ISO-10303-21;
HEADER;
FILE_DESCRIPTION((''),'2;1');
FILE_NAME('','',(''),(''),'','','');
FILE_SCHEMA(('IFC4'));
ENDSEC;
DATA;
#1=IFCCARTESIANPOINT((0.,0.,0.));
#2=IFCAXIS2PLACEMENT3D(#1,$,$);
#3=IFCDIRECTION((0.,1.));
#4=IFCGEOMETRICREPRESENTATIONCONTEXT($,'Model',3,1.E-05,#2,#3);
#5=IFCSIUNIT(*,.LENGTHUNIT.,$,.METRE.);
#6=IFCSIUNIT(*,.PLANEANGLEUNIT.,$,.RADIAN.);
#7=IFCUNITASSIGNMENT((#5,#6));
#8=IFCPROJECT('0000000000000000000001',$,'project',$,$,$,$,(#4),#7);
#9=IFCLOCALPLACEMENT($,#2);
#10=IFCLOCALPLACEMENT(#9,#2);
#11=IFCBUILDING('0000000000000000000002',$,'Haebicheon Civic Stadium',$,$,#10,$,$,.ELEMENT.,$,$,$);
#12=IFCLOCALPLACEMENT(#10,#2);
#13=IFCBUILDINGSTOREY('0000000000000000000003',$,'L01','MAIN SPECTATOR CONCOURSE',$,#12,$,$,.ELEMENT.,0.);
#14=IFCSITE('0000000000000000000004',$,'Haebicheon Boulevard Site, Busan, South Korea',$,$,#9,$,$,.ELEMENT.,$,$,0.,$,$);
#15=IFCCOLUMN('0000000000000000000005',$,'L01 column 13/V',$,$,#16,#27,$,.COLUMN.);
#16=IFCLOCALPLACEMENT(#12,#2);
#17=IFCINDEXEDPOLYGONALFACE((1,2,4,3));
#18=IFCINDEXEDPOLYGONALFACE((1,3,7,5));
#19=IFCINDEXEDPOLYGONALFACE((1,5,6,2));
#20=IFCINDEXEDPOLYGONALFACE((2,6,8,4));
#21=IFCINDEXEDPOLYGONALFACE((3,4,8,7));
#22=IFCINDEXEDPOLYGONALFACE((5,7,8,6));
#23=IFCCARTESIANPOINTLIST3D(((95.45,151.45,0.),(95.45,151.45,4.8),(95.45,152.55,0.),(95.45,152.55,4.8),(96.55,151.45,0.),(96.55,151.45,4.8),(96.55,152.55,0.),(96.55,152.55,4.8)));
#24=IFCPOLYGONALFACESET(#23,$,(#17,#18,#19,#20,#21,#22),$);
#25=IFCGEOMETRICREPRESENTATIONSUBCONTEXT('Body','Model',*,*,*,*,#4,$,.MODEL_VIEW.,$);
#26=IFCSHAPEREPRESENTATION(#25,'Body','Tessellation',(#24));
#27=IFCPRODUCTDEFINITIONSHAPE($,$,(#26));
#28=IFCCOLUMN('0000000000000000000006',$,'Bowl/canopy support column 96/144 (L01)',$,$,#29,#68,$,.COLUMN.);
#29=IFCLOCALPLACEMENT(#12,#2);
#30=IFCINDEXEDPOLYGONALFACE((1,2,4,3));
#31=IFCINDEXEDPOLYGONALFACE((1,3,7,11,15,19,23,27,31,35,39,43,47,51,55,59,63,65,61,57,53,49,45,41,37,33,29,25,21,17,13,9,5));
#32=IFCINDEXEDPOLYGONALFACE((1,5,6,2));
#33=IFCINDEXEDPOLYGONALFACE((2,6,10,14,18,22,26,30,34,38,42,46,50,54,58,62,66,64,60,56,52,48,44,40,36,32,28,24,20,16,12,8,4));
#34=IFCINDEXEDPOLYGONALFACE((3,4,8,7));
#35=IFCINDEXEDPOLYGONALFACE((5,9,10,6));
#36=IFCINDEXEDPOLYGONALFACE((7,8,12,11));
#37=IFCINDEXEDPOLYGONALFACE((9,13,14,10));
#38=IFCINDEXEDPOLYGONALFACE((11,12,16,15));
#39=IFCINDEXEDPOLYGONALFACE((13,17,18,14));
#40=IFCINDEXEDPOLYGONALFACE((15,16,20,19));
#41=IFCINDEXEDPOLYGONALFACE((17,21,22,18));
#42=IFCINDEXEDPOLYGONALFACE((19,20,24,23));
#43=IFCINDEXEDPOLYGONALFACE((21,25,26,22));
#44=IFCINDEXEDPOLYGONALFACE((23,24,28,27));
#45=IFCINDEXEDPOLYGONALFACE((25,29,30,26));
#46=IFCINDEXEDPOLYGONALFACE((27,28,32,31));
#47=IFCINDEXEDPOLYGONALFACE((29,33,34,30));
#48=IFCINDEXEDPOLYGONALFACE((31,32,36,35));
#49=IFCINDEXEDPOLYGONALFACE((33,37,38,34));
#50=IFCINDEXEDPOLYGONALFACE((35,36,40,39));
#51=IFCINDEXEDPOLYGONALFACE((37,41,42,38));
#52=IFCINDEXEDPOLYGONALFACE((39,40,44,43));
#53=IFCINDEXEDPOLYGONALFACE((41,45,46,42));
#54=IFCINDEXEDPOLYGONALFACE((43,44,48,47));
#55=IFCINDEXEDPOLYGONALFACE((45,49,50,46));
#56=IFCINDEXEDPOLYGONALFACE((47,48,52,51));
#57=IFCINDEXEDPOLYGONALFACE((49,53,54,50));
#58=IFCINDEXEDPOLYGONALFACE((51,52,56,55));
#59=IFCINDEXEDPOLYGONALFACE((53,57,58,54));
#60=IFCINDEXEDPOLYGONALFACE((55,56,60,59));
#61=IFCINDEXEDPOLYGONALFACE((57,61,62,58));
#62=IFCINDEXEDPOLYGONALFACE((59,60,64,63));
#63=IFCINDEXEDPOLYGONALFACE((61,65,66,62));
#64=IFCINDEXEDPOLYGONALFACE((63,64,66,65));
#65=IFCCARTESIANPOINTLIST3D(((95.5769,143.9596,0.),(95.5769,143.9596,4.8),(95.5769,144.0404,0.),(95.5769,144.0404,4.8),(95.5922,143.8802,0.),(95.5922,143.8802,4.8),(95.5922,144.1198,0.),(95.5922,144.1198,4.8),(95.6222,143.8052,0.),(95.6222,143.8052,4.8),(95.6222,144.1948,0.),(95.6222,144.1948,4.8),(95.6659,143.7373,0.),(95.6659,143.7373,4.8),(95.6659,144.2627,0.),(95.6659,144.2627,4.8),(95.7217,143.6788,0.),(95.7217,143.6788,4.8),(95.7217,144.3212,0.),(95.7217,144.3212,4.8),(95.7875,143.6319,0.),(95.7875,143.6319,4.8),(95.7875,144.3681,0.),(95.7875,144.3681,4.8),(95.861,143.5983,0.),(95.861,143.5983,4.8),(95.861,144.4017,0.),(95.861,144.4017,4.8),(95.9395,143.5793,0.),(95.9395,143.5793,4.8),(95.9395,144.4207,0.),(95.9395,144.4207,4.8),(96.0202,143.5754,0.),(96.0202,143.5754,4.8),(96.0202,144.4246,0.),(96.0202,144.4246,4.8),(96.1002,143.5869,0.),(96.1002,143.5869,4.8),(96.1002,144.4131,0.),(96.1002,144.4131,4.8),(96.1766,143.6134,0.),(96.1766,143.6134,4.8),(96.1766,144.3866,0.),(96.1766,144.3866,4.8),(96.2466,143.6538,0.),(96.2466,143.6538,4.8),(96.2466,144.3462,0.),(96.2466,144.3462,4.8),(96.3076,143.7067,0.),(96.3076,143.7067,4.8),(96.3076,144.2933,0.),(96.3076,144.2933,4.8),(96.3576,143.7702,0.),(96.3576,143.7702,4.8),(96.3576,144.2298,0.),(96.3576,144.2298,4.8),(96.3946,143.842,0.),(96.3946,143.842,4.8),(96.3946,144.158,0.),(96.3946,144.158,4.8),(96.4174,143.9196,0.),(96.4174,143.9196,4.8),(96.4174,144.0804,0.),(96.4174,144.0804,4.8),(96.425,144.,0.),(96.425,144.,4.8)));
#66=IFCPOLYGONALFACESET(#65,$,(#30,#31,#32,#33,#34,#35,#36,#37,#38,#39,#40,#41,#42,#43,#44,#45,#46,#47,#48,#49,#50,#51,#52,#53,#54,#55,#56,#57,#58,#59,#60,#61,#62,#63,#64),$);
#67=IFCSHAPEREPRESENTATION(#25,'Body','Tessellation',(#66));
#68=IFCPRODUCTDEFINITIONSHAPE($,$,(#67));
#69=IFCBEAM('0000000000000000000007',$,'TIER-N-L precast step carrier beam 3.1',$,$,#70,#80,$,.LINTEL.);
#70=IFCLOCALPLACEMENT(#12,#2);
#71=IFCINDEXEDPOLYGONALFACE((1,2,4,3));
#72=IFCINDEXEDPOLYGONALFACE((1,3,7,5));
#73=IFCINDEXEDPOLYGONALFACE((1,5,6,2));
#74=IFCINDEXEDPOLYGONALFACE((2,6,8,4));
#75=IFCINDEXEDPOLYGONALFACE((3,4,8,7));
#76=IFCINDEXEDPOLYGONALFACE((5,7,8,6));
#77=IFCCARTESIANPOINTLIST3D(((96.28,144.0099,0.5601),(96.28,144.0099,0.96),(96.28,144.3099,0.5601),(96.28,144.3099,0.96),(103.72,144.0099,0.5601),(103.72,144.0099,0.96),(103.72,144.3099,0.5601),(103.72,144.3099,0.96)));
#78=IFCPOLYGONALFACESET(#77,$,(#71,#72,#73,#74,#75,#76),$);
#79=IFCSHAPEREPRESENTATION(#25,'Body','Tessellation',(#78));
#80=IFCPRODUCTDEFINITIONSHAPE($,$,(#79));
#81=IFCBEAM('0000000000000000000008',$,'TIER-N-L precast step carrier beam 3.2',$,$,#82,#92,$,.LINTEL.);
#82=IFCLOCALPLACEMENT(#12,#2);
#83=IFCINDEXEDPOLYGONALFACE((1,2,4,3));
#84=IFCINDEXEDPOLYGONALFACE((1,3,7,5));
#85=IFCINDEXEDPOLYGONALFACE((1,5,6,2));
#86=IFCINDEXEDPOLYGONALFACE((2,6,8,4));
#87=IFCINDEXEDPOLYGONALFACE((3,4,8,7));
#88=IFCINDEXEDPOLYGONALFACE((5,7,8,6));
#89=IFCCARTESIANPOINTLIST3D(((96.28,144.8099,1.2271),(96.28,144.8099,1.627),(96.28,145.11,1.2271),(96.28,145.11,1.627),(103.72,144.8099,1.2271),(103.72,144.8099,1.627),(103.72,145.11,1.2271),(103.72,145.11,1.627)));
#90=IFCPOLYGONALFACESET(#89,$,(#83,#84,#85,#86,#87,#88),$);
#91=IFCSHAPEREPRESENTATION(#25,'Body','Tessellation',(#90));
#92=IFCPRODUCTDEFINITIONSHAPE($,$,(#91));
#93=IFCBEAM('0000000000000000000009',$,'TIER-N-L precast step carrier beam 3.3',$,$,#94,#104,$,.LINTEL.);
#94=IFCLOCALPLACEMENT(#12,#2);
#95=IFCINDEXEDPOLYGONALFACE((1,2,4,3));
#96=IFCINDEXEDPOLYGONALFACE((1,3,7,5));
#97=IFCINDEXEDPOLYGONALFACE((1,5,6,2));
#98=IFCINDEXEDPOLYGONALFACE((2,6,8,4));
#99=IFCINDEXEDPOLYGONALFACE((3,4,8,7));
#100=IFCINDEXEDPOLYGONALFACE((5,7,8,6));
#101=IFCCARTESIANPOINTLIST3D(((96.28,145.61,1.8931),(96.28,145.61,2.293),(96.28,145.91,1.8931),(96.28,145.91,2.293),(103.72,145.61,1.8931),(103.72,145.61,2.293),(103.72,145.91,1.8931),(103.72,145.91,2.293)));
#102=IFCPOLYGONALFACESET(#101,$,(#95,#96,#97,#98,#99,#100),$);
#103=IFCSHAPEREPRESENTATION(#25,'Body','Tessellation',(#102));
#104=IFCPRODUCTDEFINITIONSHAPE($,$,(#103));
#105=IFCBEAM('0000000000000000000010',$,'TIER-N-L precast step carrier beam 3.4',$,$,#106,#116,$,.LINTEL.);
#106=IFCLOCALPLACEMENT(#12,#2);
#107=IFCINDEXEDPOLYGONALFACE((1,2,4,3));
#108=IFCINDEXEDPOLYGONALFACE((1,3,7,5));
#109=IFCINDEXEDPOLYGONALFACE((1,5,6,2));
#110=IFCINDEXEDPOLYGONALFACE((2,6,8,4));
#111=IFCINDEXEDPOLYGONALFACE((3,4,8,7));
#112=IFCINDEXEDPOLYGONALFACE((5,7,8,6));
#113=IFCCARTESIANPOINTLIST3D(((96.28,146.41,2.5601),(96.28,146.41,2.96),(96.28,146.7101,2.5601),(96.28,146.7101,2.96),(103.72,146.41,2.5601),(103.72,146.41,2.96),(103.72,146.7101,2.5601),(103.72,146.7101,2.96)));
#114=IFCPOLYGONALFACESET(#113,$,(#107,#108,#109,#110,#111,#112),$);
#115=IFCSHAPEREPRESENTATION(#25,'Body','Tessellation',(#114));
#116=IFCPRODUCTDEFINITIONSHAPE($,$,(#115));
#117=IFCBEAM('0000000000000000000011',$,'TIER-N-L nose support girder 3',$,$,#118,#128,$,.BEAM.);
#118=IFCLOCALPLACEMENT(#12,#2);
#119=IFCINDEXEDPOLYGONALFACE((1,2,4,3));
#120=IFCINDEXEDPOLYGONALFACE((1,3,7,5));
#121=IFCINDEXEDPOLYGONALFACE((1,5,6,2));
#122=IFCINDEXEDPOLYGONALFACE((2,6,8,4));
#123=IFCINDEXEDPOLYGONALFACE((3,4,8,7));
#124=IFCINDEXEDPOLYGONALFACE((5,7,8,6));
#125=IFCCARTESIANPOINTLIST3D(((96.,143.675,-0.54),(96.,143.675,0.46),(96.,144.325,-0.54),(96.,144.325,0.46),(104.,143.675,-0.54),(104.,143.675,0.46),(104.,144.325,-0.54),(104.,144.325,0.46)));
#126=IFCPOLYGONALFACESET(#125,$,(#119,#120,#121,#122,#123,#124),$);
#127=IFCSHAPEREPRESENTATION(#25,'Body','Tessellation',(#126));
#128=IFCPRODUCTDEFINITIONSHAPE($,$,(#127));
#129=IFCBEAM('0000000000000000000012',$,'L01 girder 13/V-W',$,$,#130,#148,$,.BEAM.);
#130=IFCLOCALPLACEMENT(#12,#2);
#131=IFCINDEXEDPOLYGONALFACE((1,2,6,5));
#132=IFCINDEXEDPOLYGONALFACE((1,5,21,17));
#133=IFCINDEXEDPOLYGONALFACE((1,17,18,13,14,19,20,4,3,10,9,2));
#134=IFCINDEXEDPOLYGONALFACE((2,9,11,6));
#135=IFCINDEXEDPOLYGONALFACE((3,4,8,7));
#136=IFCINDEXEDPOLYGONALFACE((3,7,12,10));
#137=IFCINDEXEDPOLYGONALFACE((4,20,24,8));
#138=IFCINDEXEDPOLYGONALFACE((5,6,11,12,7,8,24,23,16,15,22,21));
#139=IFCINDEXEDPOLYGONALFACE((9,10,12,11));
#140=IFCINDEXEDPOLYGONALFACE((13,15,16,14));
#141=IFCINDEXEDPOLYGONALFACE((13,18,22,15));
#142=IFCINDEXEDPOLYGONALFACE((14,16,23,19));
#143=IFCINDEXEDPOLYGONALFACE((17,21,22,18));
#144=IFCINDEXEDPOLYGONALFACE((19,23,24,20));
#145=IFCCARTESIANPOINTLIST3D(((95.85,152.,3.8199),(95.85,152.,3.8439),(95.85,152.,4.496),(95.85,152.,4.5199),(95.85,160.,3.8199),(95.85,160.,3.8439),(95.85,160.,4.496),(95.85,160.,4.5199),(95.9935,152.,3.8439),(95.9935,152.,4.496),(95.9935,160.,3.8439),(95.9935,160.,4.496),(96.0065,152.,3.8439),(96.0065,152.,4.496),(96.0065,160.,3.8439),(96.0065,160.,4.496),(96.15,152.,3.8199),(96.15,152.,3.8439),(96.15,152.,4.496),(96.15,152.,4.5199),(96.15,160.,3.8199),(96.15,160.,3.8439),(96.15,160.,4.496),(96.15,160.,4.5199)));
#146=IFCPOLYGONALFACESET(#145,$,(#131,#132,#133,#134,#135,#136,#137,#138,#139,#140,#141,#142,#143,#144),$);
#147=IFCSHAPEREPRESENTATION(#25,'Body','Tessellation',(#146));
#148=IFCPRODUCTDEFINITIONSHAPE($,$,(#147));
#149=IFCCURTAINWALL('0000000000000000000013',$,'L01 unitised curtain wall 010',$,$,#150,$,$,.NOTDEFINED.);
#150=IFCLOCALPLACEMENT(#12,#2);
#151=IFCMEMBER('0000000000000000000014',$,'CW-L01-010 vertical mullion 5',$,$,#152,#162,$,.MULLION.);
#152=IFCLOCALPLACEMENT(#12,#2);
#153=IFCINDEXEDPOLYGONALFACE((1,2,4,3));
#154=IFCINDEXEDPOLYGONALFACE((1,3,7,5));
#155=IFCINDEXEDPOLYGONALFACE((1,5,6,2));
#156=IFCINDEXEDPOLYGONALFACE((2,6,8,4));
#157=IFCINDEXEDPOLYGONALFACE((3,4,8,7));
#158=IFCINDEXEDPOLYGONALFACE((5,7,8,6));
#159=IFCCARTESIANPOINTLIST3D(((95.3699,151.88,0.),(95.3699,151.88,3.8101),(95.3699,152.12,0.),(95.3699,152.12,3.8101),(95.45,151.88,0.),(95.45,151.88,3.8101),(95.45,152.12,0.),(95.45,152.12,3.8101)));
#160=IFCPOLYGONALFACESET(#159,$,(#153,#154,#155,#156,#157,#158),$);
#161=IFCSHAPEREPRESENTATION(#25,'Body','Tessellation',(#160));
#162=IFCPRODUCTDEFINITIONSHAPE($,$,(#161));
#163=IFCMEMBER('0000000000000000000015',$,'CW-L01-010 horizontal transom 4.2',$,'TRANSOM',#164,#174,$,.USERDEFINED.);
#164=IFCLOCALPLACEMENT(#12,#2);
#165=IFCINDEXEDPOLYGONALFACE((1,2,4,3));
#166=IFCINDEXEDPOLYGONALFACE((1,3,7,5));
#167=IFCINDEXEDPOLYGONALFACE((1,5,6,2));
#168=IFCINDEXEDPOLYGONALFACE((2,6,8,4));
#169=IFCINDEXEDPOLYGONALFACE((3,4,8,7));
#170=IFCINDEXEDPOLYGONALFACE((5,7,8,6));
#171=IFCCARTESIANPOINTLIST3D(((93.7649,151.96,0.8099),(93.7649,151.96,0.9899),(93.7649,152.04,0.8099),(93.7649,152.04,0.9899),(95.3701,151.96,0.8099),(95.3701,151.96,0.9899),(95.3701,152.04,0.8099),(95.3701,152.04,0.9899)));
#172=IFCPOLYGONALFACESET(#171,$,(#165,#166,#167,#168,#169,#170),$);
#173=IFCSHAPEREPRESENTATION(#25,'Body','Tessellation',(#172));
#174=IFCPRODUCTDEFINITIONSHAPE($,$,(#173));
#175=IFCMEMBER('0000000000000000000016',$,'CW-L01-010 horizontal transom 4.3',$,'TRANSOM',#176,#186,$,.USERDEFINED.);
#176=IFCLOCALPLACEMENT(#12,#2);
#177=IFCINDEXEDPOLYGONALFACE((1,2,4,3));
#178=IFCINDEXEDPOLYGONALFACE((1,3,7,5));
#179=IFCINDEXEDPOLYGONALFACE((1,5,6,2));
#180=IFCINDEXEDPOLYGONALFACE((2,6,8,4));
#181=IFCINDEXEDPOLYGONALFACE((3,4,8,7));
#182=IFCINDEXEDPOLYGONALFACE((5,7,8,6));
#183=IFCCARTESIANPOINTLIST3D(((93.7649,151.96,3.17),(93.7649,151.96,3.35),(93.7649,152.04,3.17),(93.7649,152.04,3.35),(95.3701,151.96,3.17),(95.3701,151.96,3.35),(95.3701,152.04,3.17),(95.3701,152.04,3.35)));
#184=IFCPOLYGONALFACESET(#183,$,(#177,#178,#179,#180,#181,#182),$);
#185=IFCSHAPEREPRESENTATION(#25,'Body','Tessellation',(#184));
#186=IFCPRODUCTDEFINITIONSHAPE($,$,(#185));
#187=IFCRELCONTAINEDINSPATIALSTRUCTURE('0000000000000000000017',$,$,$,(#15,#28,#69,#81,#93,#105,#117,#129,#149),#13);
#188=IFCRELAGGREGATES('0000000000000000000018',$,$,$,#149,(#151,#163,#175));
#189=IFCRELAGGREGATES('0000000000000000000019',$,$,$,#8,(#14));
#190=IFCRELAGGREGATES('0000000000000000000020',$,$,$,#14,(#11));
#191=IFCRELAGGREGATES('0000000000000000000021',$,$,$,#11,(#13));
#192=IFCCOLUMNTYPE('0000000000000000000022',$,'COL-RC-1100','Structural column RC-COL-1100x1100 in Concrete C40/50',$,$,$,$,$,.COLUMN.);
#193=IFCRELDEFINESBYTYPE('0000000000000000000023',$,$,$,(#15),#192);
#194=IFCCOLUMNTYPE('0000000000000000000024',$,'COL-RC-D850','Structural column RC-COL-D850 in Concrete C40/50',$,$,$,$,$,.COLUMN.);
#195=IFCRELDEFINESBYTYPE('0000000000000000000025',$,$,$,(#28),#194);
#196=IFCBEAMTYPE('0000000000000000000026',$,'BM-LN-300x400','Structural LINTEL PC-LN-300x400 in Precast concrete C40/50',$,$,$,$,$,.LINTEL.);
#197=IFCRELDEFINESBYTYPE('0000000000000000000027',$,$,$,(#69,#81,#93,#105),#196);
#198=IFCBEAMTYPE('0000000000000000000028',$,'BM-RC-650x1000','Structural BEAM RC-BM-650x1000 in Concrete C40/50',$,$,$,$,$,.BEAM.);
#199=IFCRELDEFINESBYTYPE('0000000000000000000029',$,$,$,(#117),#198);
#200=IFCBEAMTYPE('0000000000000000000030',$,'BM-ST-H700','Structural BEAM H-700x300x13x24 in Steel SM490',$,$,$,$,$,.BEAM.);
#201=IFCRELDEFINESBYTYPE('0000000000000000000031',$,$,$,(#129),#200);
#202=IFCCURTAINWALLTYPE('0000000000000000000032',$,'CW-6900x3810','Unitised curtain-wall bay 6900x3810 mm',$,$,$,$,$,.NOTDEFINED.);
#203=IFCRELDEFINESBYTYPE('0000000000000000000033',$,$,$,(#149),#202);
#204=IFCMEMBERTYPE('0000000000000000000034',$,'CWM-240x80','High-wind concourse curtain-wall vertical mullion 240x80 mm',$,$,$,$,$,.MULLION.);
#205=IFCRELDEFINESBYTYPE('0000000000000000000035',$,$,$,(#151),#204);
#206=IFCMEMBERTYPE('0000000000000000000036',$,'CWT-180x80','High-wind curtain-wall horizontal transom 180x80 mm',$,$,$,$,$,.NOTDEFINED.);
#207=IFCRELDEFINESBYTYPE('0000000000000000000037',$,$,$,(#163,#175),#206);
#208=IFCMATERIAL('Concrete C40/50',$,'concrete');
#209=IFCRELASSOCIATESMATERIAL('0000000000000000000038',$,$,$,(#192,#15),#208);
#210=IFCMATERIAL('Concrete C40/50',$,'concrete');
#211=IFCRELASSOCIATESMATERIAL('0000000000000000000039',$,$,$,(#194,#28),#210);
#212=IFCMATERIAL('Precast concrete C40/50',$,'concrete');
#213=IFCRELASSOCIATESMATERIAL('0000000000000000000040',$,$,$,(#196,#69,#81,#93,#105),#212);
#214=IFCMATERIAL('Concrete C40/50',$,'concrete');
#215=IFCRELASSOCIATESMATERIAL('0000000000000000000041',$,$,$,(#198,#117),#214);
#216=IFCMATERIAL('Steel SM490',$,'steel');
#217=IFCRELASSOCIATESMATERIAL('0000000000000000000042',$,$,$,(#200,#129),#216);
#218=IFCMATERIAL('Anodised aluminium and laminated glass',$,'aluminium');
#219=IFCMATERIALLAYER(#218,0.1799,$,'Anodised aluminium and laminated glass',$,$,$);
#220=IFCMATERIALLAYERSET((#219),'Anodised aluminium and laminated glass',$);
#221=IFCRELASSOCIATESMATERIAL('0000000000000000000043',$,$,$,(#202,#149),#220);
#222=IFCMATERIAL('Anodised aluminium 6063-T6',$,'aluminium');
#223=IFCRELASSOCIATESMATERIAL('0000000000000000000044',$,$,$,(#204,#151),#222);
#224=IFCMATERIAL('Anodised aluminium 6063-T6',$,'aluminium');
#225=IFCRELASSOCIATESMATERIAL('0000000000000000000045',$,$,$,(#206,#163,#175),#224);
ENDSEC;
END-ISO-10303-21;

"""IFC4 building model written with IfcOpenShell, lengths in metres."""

from ifc_helpers import new_model, si_unit, direction, frame, origin, origin_2d, place, context, subcontext, project, spatial, rectangle, circle, i_section, extrude, material, layer, layer_set, material_profile, profile_set, type_object, element, aggregate, save


model = new_model("IFC4")

# Units and contexts
model_context = context("Model", 3, precision=1e-05, world=origin(), true_north=direction((0.0, 1.0)))
body_context = subcontext(model_context, "Body", "Model", "MODEL_VIEW")
ifc_project = project(units=[si_unit("LENGTHUNIT", "METRE"), si_unit("PLANEANGLEUNIT", "RADIAN")], contexts=[model_context])

# Site, building, storey
site_placement = place(None, origin())
site = spatial("IfcSite", under=ifc_project, at=site_placement, Name="Haebicheon Boulevard Site, Busan, South Korea", CompositionType="ELEMENT", RefElevation=0.0)
building_placement = place(site_placement, origin())
building = spatial("IfcBuilding", under=site, at=building_placement, Name="Haebicheon Civic Stadium", CompositionType="ELEMENT")
storey_placement = place(building_placement, origin())
storey = spatial("IfcBuildingStorey", under=building, at=storey_placement, Name="L01", Description="MAIN SPECTATOR CONCOURSE", CompositionType="ELEMENT", Elevation=0.0)

# Columns
ifc_material_1 = material(Name="Concrete C40/50", Category="concrete")
ifc_material_profile_1 = material_profile(ifc_material_1, rectangle(XDim=1.1001, YDim=1.1001, at=origin_2d()), Name="RC-COL-1100x1100")
ifc_profile_set_1 = profile_set([ifc_material_profile_1], Name="Concrete C40/50")
column_type_1 = type_object("IfcColumnType", Name="COL-RC-1100", Description="Structural column RC-COL-1100x1100 in Concrete C40/50", PredefinedType="COLUMN", material=ifc_profile_set_1)
column_1_placement = place(storey_placement, frame((96.0, 152.0, 0.0), z_axis=(0.0, 0.0, 1.0), x_axis=(1.0, 0.0, 0.0)))
element("IfcColumn", 1, at=column_1_placement, inside=storey, type_object=column_type_1, material=ifc_profile_set_1, Name="L01 column 13/V", PredefinedType="COLUMN", context=body_context, shape_type="SweptSolid", body=[
    extrude(rectangle(XDim=1.1001, YDim=1.1001, at=origin_2d()), origin(), (0.0, 0.0, 1.0), 4.8),
])
ifc_material_2 = material(Name="Concrete C40/50", Category="concrete")
ifc_material_profile_2 = material_profile(ifc_material_2, circle(Radius=0.425, at=origin_2d()), Name="RC-COL-D850")
ifc_profile_set_2 = profile_set([ifc_material_profile_2], Name="Concrete C40/50")
column_type_2 = type_object("IfcColumnType", Name="COL-RC-D850", Description="Structural column RC-COL-D850 in Concrete C40/50", PredefinedType="COLUMN", material=ifc_profile_set_2)
column_2_placement = place(storey_placement, frame((96.0, 144.0, 0.0), z_axis=(0.0, 0.0, 1.0), x_axis=(1.0, 0.0, 0.0)))
element("IfcColumn", 2, at=column_2_placement, inside=storey, type_object=column_type_2, material=ifc_profile_set_2, Name="Bowl/canopy support column 96/144 (L01)", PredefinedType="COLUMN", context=body_context, shape_type="SweptSolid", body=[
    extrude(circle(Radius=0.425, at=origin_2d()), origin(), (0.0, 0.0, 1.0), 4.8),
])

# Beams
ifc_material_3 = material(Name="Precast concrete C40/50", Category="concrete")
ifc_material_profile_3 = material_profile(ifc_material_3, rectangle(XDim=0.3, YDim=0.3999, at=origin_2d()), Name="PC-LN-300x400")
ifc_profile_set_3 = profile_set([ifc_material_profile_3], Name="Precast concrete C40/50")
beam_type_1 = type_object("IfcBeamType", Name="BM-LN-300x400", Description="Structural LINTEL PC-LN-300x400 in Precast concrete C40/50", PredefinedType="LINTEL", material=ifc_profile_set_3)
for number, where, z_axis, x_axis, name in (
    (3, (96.28, 144.1599, 0.76), (1.0, 0.0, 0.0), (0.0, 1.0, 0.0), "TIER-N-L precast step carrier beam 3.1"),
    (4, (96.28, 144.96, 1.427), (1.0, 0.0, 0.0), (0.0, 1.0, 0.0), "TIER-N-L precast step carrier beam 3.2"),
    (5, (96.28, 145.76, 2.093), (1.0, 0.0, 0.0), (0.0, 1.0, 0.0), "TIER-N-L precast step carrier beam 3.3"),
    (6, (96.28, 146.5601, 2.76), (1.0, 0.0, 0.0), (0.0, 1.0, 0.0), "TIER-N-L precast step carrier beam 3.4"),
):
    element("IfcBeam", number, at=place(storey_placement, frame(where, z_axis=z_axis, x_axis=x_axis)), inside=storey, type_object=beam_type_1, material=ifc_profile_set_3, Name=name, PredefinedType="LINTEL", context=body_context, shape_type="SweptSolid", body=[
        extrude(rectangle(XDim=0.3, YDim=0.3999, at=origin_2d()), origin(), (0.0, 0.0, 1.0), 7.4399),
    ])
ifc_material_4 = material(Name="Concrete C40/50", Category="concrete")
ifc_material_profile_4 = material_profile(ifc_material_4, rectangle(XDim=0.6499, YDim=1.0, at=origin_2d()), Name="RC-BM-650x1000")
ifc_profile_set_4 = profile_set([ifc_material_profile_4], Name="Concrete C40/50")
beam_type_2 = type_object("IfcBeamType", Name="BM-RC-650x1000", Description="Structural BEAM RC-BM-650x1000 in Concrete C40/50", PredefinedType="BEAM", material=ifc_profile_set_4)
beam_1_placement = place(storey_placement, frame((96.0, 144.0, -0.04), z_axis=(1.0, 0.0, 0.0), x_axis=(0.0, 1.0, 0.0)))
element("IfcBeam", 7, at=beam_1_placement, inside=storey, type_object=beam_type_2, material=ifc_profile_set_4, Name="TIER-N-L nose support girder 3", PredefinedType="BEAM", context=body_context, shape_type="SweptSolid", body=[
    extrude(rectangle(XDim=0.6499, YDim=1.0, at=origin_2d()), origin(), (0.0, 0.0, 1.0), 8.0),
])
ifc_material_5 = material(Name="Steel SM490", Category="steel")
ifc_material_profile_5 = material_profile(ifc_material_5, i_section(OverallWidth=0.3, OverallDepth=0.7, WebThickness=0.0129, FlangeThickness=0.0239, at=origin_2d()), Name="H-700x300x13x24")
ifc_profile_set_5 = profile_set([ifc_material_profile_5], Name="Steel SM490")
beam_type_3 = type_object("IfcBeamType", Name="BM-ST-H700", Description="Structural BEAM H-700x300x13x24 in Steel SM490", PredefinedType="BEAM", material=ifc_profile_set_5)
beam_2_placement = place(storey_placement, frame((96.0, 152.0, 4.1699), z_axis=(0.0, 1.0, 0.0), x_axis=(-1.0, 0.0, 0.0)))
element("IfcBeam", 8, at=beam_2_placement, inside=storey, type_object=beam_type_3, material=ifc_profile_set_5, Name="L01 girder 13/V-W", PredefinedType="BEAM", context=body_context, shape_type="SweptSolid", body=[
    extrude(i_section(OverallWidth=0.3, OverallDepth=0.7, WebThickness=0.0129, FlangeThickness=0.0239, at=origin_2d()), origin(), (0.0, 0.0, 1.0), 8.0),
])

# Curtain wall, members
ifc_material_6 = material(Name="Anodised aluminium and laminated glass", Category="aluminium")
ifc_layer_1 = layer(ifc_material_6, 0.1799, Name="Anodised aluminium and laminated glass")
ifc_layer_set_1 = layer_set([ifc_layer_1], Name="Anodised aluminium and laminated glass")
curtain_wall_type = type_object("IfcCurtainWallType", Name="CW-6900x3810", Description="Unitised curtain-wall bay 6900x3810 mm", PredefinedType="NOTDEFINED", material=ifc_layer_set_1)
curtain_wall_placement = place(storey_placement, origin())
curtain_wall = element("IfcCurtainWall", 9, at=curtain_wall_placement, inside=storey, type_object=curtain_wall_type, material=ifc_layer_set_1, Name="L01 unitised curtain wall 010", PredefinedType="NOTDEFINED")
ifc_material_7 = material(Name="Anodised aluminium 6063-T6", Category="aluminium")
ifc_material_profile_6 = material_profile(ifc_material_7, rectangle(XDim=0.0801, YDim=0.24, at=origin_2d()), Name="ALU-MULL-80x240")
ifc_profile_set_6 = profile_set([ifc_material_profile_6], Name="Anodised aluminium 6063-T6")
member_type_1 = type_object("IfcMemberType", Name="CWM-240x80", Description="High-wind concourse curtain-wall vertical mullion 240x80 mm", PredefinedType="MULLION", material=ifc_profile_set_6)
member_1_placement = place(storey_placement, frame((95.4099, 152.0, 0.0), z_axis=(0.0, 0.0, 1.0), x_axis=(1.0, 0.0, 0.0)))
member_1 = element("IfcMember", 10, at=member_1_placement, type_object=member_type_1, material=ifc_profile_set_6, Name="CW-L01-010 vertical mullion 5", PredefinedType="MULLION", context=body_context, shape_type="SweptSolid", body=[
    extrude(rectangle(XDim=0.0801, YDim=0.24, at=origin_2d()), origin(), (0.0, 0.0, 1.0), 3.8101),
])
ifc_material_8 = material(Name="Anodised aluminium 6063-T6", Category="aluminium")
ifc_material_profile_7 = material_profile(ifc_material_8, rectangle(XDim=0.0801, YDim=0.1799, at=origin_2d()), Name="ALU-TRAN-80x180")
ifc_profile_set_7 = profile_set([ifc_material_profile_7], Name="Anodised aluminium 6063-T6")
member_type_2 = type_object("IfcMemberType", Name="CWT-180x80", Description="High-wind curtain-wall horizontal transom 180x80 mm", PredefinedType="NOTDEFINED", material=ifc_profile_set_7)
member_2_placement = place(storey_placement, frame((93.7649, 152.0, 0.8999), z_axis=(1.0, 0.0, 0.0), x_axis=(0.0, 1.0, 0.0)))
member_2 = element("IfcMember", 11, at=member_2_placement, type_object=member_type_2, material=ifc_profile_set_7, Name="CW-L01-010 horizontal transom 4.2", ObjectType="TRANSOM", PredefinedType="USERDEFINED", context=body_context, shape_type="SweptSolid", body=[
    extrude(rectangle(XDim=0.0801, YDim=0.1799, at=origin_2d()), origin(), (0.0, 0.0, 1.0), 1.6052),
])
member_3_placement = place(storey_placement, frame((93.7649, 152.0, 3.26), z_axis=(1.0, 0.0, 0.0), x_axis=(0.0, 1.0, 0.0)))
member_3 = element("IfcMember", 12, at=member_3_placement, type_object=member_type_2, material=ifc_profile_set_7, Name="CW-L01-010 horizontal transom 4.3", ObjectType="TRANSOM", PredefinedType="USERDEFINED", context=body_context, shape_type="SweptSolid", body=[
    extrude(rectangle(XDim=0.0801, YDim=0.1799, at=origin_2d()), origin(), (0.0, 0.0, 1.0), 1.6052),
])

aggregate(curtain_wall, [member_1, member_2, member_3])

save(model, "model.ifc")
